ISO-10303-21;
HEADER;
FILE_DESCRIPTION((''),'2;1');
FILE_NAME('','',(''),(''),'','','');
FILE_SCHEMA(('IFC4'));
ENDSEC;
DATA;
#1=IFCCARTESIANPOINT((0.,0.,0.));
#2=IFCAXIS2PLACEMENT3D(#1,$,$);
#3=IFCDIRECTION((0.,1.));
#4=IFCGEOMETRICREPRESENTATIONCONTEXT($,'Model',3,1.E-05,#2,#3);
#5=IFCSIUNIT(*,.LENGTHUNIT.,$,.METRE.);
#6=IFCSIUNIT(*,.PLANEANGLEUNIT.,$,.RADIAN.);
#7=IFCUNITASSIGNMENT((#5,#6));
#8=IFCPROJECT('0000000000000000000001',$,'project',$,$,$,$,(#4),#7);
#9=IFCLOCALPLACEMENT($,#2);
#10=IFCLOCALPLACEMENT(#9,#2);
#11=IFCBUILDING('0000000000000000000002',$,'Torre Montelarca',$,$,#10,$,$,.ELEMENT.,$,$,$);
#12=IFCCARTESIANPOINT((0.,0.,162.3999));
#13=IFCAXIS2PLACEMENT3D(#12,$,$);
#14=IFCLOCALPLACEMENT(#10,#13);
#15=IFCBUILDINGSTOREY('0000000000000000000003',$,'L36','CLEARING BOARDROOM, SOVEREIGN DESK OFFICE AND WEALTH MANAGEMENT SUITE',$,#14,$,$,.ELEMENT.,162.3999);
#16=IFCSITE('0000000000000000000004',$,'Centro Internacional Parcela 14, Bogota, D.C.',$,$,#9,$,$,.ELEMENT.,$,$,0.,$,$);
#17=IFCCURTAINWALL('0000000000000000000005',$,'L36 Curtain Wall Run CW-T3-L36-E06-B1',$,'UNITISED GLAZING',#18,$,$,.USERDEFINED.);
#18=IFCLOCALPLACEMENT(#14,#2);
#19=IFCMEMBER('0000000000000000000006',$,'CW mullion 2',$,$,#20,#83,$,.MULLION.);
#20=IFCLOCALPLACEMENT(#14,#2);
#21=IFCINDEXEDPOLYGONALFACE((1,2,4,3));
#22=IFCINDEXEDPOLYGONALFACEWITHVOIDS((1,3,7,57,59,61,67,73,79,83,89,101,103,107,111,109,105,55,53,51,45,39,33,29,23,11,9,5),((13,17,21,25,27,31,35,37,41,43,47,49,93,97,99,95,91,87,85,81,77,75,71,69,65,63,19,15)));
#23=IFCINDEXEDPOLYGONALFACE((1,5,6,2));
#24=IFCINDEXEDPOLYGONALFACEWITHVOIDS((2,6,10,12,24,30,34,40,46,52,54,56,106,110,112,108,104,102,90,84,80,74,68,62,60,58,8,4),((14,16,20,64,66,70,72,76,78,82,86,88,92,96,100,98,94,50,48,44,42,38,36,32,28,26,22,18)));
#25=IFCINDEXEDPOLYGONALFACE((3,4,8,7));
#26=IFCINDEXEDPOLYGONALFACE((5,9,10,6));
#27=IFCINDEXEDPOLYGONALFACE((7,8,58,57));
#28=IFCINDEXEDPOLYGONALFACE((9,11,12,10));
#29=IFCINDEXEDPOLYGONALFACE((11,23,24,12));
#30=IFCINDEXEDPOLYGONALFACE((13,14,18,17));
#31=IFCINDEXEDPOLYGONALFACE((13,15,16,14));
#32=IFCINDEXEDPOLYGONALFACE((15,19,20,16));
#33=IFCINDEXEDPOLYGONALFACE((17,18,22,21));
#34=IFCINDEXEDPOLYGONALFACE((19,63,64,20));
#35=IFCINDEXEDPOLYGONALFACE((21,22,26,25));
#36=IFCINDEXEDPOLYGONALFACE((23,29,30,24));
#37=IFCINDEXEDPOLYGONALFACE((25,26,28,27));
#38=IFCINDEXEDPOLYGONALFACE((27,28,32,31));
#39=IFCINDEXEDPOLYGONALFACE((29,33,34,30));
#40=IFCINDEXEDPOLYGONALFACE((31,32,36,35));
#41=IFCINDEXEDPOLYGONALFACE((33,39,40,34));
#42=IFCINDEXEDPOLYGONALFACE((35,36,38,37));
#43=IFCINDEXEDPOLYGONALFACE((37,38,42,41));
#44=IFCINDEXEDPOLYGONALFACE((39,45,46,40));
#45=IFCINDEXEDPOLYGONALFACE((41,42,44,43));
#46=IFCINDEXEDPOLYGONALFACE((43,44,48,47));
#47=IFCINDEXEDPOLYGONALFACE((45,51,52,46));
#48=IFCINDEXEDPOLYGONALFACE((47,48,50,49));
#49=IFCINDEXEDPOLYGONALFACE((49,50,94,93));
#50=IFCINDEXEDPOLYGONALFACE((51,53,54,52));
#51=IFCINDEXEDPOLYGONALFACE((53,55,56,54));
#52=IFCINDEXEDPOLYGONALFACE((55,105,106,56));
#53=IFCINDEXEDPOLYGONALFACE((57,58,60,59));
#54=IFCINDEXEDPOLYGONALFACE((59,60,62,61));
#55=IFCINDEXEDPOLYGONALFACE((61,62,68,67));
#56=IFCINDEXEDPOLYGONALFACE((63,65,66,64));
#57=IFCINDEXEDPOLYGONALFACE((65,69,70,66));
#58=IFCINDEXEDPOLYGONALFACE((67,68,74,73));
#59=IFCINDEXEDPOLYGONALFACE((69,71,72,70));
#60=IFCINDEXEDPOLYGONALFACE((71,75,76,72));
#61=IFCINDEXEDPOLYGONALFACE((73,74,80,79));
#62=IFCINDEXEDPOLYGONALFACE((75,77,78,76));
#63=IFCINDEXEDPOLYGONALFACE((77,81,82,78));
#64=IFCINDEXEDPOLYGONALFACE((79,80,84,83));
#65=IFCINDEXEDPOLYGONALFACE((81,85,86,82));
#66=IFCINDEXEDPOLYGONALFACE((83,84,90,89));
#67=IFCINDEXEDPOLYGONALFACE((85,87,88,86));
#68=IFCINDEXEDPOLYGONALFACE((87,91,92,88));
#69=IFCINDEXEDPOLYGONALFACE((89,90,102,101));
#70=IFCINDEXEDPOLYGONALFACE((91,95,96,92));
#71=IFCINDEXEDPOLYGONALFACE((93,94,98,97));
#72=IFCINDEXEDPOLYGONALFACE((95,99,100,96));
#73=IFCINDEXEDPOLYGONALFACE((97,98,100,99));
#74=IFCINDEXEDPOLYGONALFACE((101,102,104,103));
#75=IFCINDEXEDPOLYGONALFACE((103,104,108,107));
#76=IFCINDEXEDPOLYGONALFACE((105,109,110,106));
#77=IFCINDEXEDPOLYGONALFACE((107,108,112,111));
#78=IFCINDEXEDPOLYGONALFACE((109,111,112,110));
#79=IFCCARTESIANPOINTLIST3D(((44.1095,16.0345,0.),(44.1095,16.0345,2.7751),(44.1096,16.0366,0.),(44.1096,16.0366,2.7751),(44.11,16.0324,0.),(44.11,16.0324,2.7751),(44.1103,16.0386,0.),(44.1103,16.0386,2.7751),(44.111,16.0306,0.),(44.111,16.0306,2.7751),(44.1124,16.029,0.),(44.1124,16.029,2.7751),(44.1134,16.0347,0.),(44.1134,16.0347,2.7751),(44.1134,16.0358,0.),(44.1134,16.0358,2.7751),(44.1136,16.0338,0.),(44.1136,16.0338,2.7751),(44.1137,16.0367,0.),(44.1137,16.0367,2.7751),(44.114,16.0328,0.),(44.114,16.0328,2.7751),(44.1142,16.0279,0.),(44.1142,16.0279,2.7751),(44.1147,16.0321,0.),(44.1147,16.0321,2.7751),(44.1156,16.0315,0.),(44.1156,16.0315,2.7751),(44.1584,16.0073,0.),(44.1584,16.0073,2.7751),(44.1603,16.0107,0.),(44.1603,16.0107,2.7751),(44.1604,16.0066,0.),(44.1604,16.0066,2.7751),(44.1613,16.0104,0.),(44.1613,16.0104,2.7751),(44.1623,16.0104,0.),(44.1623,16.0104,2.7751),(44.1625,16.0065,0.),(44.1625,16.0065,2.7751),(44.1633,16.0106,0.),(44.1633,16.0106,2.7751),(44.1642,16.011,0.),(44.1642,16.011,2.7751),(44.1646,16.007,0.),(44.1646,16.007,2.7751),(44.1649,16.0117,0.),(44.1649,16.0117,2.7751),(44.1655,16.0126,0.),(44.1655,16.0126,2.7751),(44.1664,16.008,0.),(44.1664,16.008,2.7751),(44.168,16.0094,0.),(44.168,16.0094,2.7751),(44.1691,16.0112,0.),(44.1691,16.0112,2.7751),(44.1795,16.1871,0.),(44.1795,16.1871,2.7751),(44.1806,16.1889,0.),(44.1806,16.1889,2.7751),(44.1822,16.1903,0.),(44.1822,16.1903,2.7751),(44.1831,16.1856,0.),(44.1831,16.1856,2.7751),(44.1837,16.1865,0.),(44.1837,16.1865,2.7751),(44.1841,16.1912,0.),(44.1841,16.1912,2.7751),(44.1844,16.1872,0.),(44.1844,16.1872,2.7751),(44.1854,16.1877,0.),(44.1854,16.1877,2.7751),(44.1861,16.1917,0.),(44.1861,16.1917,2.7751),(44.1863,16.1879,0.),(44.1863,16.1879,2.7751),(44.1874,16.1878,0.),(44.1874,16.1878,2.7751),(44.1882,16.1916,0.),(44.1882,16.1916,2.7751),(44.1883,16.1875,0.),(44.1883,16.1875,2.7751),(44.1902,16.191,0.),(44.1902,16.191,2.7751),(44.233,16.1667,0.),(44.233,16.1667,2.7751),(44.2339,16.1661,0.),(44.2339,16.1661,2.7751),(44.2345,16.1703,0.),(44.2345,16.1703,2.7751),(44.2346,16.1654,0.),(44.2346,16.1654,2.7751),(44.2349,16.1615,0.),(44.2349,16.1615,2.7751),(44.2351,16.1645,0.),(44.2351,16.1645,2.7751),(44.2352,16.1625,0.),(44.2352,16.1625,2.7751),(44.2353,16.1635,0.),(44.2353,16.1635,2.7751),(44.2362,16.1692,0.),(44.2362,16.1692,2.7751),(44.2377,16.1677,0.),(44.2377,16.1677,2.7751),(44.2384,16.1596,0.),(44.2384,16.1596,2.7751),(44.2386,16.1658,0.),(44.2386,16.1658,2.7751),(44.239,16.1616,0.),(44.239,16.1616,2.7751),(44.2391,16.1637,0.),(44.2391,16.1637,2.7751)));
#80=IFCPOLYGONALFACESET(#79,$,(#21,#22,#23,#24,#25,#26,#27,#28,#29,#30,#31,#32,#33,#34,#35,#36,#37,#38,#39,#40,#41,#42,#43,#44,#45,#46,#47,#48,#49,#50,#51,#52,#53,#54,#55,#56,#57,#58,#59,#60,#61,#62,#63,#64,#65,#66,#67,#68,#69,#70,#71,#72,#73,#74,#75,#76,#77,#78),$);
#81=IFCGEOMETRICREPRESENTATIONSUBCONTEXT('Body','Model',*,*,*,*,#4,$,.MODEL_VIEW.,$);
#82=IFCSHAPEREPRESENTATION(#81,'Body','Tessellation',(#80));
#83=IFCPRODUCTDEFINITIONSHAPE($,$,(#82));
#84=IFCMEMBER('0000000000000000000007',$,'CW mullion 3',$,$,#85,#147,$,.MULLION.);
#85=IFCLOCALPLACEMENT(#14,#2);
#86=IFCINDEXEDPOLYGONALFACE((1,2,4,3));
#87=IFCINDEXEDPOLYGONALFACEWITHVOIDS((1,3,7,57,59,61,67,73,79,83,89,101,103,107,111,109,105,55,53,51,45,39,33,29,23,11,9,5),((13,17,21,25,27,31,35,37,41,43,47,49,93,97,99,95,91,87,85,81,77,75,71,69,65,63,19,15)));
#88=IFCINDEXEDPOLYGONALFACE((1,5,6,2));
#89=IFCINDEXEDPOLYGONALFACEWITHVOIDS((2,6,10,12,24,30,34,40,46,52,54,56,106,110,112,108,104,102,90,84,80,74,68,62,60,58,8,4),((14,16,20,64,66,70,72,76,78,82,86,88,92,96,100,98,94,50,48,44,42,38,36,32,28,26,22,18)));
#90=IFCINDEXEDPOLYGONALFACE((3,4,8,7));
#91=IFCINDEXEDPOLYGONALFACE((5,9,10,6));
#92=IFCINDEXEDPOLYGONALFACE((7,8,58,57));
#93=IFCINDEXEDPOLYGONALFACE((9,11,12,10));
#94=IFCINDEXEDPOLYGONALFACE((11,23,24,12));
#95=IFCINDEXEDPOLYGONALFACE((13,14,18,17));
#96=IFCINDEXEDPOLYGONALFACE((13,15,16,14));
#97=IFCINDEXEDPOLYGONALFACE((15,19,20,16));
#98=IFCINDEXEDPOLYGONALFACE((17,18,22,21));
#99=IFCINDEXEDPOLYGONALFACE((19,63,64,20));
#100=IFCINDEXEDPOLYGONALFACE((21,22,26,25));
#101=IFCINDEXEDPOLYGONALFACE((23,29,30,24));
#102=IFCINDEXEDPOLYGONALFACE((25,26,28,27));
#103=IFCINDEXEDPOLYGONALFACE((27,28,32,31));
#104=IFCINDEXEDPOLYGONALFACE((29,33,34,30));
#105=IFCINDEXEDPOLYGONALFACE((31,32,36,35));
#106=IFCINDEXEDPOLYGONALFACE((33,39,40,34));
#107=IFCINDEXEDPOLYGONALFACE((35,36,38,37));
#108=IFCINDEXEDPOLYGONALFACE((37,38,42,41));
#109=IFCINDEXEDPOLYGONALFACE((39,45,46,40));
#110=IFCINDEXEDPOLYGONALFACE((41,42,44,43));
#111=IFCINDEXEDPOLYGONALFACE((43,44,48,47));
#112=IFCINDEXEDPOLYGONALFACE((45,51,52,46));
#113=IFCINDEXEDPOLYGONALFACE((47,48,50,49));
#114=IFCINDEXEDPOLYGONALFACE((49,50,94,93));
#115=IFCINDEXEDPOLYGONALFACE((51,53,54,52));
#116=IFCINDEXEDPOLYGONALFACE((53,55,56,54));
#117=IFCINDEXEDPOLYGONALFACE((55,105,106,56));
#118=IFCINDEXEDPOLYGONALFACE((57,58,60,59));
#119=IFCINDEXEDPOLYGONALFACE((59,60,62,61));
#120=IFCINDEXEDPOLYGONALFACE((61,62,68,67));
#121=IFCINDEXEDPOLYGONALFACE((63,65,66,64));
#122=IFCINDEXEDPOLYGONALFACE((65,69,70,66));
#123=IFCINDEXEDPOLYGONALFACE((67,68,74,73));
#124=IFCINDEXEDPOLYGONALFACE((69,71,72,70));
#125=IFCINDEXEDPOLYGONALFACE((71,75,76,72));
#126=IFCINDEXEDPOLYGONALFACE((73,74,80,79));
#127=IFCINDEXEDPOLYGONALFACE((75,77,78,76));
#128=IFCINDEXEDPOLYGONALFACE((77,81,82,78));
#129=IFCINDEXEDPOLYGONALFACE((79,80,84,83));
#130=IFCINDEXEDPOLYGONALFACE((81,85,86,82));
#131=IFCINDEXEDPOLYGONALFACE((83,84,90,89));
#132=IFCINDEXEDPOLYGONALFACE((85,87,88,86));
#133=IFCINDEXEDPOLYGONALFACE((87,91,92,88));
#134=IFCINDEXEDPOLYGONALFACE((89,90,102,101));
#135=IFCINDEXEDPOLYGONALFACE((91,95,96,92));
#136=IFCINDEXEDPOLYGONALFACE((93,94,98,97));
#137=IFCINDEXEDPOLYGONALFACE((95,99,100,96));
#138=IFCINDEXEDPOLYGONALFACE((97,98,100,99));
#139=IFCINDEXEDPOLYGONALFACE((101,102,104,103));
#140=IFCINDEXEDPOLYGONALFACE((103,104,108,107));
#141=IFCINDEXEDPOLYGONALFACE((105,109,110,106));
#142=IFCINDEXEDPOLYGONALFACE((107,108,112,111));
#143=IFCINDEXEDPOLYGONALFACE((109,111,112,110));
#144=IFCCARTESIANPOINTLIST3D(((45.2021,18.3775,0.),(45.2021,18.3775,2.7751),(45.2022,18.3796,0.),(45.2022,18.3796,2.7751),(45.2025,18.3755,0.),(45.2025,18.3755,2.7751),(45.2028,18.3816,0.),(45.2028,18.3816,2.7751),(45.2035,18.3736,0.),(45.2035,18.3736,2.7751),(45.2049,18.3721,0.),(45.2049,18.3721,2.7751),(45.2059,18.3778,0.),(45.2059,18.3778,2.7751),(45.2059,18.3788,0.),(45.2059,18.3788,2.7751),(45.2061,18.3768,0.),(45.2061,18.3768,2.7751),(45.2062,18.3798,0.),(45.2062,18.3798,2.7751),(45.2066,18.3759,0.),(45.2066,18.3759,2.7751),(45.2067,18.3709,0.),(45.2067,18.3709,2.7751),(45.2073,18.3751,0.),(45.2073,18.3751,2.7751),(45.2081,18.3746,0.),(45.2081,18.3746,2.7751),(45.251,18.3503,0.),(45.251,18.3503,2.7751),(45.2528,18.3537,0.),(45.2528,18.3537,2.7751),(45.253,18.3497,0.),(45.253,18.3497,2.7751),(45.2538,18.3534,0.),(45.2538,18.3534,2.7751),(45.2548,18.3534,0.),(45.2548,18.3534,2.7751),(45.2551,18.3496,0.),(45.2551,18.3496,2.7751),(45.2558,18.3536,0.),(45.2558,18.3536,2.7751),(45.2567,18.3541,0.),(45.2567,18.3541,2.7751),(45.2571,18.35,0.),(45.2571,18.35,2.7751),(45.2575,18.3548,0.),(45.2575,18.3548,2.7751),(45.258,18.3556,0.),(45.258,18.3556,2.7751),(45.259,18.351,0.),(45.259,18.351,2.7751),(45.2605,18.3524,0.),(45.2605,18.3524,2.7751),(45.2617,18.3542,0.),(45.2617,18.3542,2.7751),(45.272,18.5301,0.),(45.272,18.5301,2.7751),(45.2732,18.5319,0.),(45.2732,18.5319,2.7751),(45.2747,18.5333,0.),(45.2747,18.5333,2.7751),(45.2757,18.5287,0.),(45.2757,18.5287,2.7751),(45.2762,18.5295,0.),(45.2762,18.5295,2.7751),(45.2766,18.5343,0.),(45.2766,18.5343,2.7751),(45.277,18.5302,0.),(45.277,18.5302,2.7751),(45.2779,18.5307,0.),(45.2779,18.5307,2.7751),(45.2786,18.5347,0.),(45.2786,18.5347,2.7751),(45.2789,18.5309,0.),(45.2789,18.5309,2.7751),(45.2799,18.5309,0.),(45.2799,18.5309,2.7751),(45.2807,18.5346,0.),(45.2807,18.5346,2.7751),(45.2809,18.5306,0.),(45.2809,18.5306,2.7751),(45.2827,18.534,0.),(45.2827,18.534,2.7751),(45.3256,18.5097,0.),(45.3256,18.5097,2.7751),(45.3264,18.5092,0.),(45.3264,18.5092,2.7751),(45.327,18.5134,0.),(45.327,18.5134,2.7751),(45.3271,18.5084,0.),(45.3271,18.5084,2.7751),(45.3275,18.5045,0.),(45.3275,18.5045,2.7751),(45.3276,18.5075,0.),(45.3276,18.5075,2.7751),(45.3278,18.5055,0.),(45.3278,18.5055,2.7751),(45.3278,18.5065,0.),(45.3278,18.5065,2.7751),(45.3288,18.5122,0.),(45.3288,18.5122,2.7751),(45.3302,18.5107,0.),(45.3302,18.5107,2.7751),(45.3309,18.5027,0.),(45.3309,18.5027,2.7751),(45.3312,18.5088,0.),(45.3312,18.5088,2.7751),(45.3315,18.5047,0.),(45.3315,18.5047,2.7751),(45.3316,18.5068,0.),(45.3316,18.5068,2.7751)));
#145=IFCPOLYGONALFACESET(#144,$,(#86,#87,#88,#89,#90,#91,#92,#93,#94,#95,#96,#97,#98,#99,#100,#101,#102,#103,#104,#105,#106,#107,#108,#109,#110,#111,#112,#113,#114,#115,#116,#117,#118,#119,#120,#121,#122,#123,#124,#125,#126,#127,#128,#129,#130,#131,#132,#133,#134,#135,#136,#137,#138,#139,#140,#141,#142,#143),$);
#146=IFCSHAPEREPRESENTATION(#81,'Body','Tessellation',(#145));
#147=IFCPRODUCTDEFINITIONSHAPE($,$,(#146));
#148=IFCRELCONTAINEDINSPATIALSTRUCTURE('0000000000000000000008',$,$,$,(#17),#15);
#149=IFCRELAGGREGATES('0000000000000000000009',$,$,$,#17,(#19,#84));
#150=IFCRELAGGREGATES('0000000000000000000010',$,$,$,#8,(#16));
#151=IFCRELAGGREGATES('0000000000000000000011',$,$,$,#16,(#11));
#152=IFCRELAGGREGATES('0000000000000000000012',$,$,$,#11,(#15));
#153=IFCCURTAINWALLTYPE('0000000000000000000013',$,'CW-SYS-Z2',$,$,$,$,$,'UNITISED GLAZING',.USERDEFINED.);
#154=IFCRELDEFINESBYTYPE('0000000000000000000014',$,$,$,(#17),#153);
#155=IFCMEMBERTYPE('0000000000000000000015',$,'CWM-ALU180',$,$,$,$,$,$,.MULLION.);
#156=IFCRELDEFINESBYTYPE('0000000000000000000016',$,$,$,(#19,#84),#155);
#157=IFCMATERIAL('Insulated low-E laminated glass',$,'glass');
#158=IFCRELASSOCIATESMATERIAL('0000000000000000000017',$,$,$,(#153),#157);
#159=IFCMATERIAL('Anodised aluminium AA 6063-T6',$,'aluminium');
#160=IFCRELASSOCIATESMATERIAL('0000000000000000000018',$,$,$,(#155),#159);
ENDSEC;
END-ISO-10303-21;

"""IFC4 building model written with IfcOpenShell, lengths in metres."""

from ifc_helpers import new_model, si_unit, direction, frame, origin, origin_2d, place, context, subcontext, project, spatial, hollow_rectangle, extrude, source, transform, mapped, material, material_profile, profile_set, type_object, element, aggregate, save


model = new_model("IFC4")

# Units and contexts
model_context = context("Model", 3, precision=1e-05, world=origin(), true_north=direction((0.0, 1.0)))
body_context = subcontext(model_context, "Body", "Model", "MODEL_VIEW")
ifc_project = project(units=[si_unit("LENGTHUNIT", "METRE"), si_unit("PLANEANGLEUNIT", "RADIAN")], contexts=[model_context])

# Site, building, storey
site_placement = place(None, origin())
site = spatial("IfcSite", under=ifc_project, at=site_placement, Name="Centro Internacional Parcela 14, Bogota, D.C.", CompositionType="ELEMENT", RefElevation=0.0)
building_placement = place(site_placement, origin())
building = spatial("IfcBuilding", under=site, at=building_placement, Name="Torre Montelarca", CompositionType="ELEMENT")
storey_placement = place(building_placement, frame((0.0, 0.0, 162.3999)))
storey = spatial("IfcBuildingStorey", under=building, at=storey_placement, Name="L36", Description="CLEARING BOARDROOM, SOVEREIGN DESK OFFICE AND WEALTH MANAGEMENT SUITE", CompositionType="ELEMENT", Elevation=162.3999)

# Curtain wall, members
ifc_material_1 = material(Name="Insulated low-E laminated glass", Category="glass")
curtain_wall_type = type_object("IfcCurtainWallType", Name="CW-SYS-Z2", ElementType="UNITISED GLAZING", PredefinedType="USERDEFINED", material=ifc_material_1)
ifc_material_2 = material(Name="Anodised aluminium AA 6063-T6", Category="aluminium")
ifc_material_profile_1 = material_profile(ifc_material_2, hollow_rectangle(XDim=0.0649, YDim=0.1799, WallThickness=0.0039, InnerFilletRadius=0.0039, OuterFilletRadius=0.0081, at=origin_2d()), Name="ALU65X180X4", Category="aluminium")
ifc_profile_set_1 = profile_set([ifc_material_profile_1], Name="Anodised aluminium AA 6063-T6")
member_type_1 = type_object("IfcMemberType", Name="CWM-ALU180", PredefinedType="MULLION", material=ifc_profile_set_1)
shared_shape_1 = source(origin(), body_context, "Body", "SweptSolid", [
    extrude(hollow_rectangle(XDim=0.0649, YDim=0.1799, WallThickness=0.0039, InnerFilletRadius=0.0039, OuterFilletRadius=0.0081, at=origin_2d()), origin(), (0.0, 0.0, 1.0), 2.7751),
])
curtain_wall_1_placement = place(storey_placement, origin())
curtain_wall_1 = element("IfcCurtainWall", 1, at=curtain_wall_1_placement, inside=storey, type_object=curtain_wall_type, Name="L36 Curtain Wall Run CW-T3-L36-E06-B1", ObjectType="UNITISED GLAZING", PredefinedType="USERDEFINED")
member_1_placement = place(storey_placement, frame((44.1743, 16.0991, 0.0), z_axis=(0.0, 0.0, 1.0), x_axis=(-0.906303, 0.422628, 0.0)))
member_1 = element("IfcMember", 2, at=member_1_placement, type_object=member_type_1, Name="CW mullion 2", PredefinedType="MULLION", context=body_context, shape_type="MappedRepresentation", body=[
    mapped(shared_shape_1, transform((0.0, 0.0, 0.0), scale=1.0)),
])
member_2_placement = place(storey_placement, frame((45.2668, 18.4421, 0.0), z_axis=(0.0, 0.0, 1.0), x_axis=(-0.906303, 0.422628, 0.0)))
member_2 = element("IfcMember", 3, at=member_2_placement, type_object=member_type_1, Name="CW mullion 3", PredefinedType="MULLION", context=body_context, shape_type="MappedRepresentation", body=[
    mapped(shared_shape_1, transform((0.0, 0.0, 0.0), scale=1.0)),
])

aggregate(curtain_wall_1, [member_1, member_2])

save(model, "model.ifc")
